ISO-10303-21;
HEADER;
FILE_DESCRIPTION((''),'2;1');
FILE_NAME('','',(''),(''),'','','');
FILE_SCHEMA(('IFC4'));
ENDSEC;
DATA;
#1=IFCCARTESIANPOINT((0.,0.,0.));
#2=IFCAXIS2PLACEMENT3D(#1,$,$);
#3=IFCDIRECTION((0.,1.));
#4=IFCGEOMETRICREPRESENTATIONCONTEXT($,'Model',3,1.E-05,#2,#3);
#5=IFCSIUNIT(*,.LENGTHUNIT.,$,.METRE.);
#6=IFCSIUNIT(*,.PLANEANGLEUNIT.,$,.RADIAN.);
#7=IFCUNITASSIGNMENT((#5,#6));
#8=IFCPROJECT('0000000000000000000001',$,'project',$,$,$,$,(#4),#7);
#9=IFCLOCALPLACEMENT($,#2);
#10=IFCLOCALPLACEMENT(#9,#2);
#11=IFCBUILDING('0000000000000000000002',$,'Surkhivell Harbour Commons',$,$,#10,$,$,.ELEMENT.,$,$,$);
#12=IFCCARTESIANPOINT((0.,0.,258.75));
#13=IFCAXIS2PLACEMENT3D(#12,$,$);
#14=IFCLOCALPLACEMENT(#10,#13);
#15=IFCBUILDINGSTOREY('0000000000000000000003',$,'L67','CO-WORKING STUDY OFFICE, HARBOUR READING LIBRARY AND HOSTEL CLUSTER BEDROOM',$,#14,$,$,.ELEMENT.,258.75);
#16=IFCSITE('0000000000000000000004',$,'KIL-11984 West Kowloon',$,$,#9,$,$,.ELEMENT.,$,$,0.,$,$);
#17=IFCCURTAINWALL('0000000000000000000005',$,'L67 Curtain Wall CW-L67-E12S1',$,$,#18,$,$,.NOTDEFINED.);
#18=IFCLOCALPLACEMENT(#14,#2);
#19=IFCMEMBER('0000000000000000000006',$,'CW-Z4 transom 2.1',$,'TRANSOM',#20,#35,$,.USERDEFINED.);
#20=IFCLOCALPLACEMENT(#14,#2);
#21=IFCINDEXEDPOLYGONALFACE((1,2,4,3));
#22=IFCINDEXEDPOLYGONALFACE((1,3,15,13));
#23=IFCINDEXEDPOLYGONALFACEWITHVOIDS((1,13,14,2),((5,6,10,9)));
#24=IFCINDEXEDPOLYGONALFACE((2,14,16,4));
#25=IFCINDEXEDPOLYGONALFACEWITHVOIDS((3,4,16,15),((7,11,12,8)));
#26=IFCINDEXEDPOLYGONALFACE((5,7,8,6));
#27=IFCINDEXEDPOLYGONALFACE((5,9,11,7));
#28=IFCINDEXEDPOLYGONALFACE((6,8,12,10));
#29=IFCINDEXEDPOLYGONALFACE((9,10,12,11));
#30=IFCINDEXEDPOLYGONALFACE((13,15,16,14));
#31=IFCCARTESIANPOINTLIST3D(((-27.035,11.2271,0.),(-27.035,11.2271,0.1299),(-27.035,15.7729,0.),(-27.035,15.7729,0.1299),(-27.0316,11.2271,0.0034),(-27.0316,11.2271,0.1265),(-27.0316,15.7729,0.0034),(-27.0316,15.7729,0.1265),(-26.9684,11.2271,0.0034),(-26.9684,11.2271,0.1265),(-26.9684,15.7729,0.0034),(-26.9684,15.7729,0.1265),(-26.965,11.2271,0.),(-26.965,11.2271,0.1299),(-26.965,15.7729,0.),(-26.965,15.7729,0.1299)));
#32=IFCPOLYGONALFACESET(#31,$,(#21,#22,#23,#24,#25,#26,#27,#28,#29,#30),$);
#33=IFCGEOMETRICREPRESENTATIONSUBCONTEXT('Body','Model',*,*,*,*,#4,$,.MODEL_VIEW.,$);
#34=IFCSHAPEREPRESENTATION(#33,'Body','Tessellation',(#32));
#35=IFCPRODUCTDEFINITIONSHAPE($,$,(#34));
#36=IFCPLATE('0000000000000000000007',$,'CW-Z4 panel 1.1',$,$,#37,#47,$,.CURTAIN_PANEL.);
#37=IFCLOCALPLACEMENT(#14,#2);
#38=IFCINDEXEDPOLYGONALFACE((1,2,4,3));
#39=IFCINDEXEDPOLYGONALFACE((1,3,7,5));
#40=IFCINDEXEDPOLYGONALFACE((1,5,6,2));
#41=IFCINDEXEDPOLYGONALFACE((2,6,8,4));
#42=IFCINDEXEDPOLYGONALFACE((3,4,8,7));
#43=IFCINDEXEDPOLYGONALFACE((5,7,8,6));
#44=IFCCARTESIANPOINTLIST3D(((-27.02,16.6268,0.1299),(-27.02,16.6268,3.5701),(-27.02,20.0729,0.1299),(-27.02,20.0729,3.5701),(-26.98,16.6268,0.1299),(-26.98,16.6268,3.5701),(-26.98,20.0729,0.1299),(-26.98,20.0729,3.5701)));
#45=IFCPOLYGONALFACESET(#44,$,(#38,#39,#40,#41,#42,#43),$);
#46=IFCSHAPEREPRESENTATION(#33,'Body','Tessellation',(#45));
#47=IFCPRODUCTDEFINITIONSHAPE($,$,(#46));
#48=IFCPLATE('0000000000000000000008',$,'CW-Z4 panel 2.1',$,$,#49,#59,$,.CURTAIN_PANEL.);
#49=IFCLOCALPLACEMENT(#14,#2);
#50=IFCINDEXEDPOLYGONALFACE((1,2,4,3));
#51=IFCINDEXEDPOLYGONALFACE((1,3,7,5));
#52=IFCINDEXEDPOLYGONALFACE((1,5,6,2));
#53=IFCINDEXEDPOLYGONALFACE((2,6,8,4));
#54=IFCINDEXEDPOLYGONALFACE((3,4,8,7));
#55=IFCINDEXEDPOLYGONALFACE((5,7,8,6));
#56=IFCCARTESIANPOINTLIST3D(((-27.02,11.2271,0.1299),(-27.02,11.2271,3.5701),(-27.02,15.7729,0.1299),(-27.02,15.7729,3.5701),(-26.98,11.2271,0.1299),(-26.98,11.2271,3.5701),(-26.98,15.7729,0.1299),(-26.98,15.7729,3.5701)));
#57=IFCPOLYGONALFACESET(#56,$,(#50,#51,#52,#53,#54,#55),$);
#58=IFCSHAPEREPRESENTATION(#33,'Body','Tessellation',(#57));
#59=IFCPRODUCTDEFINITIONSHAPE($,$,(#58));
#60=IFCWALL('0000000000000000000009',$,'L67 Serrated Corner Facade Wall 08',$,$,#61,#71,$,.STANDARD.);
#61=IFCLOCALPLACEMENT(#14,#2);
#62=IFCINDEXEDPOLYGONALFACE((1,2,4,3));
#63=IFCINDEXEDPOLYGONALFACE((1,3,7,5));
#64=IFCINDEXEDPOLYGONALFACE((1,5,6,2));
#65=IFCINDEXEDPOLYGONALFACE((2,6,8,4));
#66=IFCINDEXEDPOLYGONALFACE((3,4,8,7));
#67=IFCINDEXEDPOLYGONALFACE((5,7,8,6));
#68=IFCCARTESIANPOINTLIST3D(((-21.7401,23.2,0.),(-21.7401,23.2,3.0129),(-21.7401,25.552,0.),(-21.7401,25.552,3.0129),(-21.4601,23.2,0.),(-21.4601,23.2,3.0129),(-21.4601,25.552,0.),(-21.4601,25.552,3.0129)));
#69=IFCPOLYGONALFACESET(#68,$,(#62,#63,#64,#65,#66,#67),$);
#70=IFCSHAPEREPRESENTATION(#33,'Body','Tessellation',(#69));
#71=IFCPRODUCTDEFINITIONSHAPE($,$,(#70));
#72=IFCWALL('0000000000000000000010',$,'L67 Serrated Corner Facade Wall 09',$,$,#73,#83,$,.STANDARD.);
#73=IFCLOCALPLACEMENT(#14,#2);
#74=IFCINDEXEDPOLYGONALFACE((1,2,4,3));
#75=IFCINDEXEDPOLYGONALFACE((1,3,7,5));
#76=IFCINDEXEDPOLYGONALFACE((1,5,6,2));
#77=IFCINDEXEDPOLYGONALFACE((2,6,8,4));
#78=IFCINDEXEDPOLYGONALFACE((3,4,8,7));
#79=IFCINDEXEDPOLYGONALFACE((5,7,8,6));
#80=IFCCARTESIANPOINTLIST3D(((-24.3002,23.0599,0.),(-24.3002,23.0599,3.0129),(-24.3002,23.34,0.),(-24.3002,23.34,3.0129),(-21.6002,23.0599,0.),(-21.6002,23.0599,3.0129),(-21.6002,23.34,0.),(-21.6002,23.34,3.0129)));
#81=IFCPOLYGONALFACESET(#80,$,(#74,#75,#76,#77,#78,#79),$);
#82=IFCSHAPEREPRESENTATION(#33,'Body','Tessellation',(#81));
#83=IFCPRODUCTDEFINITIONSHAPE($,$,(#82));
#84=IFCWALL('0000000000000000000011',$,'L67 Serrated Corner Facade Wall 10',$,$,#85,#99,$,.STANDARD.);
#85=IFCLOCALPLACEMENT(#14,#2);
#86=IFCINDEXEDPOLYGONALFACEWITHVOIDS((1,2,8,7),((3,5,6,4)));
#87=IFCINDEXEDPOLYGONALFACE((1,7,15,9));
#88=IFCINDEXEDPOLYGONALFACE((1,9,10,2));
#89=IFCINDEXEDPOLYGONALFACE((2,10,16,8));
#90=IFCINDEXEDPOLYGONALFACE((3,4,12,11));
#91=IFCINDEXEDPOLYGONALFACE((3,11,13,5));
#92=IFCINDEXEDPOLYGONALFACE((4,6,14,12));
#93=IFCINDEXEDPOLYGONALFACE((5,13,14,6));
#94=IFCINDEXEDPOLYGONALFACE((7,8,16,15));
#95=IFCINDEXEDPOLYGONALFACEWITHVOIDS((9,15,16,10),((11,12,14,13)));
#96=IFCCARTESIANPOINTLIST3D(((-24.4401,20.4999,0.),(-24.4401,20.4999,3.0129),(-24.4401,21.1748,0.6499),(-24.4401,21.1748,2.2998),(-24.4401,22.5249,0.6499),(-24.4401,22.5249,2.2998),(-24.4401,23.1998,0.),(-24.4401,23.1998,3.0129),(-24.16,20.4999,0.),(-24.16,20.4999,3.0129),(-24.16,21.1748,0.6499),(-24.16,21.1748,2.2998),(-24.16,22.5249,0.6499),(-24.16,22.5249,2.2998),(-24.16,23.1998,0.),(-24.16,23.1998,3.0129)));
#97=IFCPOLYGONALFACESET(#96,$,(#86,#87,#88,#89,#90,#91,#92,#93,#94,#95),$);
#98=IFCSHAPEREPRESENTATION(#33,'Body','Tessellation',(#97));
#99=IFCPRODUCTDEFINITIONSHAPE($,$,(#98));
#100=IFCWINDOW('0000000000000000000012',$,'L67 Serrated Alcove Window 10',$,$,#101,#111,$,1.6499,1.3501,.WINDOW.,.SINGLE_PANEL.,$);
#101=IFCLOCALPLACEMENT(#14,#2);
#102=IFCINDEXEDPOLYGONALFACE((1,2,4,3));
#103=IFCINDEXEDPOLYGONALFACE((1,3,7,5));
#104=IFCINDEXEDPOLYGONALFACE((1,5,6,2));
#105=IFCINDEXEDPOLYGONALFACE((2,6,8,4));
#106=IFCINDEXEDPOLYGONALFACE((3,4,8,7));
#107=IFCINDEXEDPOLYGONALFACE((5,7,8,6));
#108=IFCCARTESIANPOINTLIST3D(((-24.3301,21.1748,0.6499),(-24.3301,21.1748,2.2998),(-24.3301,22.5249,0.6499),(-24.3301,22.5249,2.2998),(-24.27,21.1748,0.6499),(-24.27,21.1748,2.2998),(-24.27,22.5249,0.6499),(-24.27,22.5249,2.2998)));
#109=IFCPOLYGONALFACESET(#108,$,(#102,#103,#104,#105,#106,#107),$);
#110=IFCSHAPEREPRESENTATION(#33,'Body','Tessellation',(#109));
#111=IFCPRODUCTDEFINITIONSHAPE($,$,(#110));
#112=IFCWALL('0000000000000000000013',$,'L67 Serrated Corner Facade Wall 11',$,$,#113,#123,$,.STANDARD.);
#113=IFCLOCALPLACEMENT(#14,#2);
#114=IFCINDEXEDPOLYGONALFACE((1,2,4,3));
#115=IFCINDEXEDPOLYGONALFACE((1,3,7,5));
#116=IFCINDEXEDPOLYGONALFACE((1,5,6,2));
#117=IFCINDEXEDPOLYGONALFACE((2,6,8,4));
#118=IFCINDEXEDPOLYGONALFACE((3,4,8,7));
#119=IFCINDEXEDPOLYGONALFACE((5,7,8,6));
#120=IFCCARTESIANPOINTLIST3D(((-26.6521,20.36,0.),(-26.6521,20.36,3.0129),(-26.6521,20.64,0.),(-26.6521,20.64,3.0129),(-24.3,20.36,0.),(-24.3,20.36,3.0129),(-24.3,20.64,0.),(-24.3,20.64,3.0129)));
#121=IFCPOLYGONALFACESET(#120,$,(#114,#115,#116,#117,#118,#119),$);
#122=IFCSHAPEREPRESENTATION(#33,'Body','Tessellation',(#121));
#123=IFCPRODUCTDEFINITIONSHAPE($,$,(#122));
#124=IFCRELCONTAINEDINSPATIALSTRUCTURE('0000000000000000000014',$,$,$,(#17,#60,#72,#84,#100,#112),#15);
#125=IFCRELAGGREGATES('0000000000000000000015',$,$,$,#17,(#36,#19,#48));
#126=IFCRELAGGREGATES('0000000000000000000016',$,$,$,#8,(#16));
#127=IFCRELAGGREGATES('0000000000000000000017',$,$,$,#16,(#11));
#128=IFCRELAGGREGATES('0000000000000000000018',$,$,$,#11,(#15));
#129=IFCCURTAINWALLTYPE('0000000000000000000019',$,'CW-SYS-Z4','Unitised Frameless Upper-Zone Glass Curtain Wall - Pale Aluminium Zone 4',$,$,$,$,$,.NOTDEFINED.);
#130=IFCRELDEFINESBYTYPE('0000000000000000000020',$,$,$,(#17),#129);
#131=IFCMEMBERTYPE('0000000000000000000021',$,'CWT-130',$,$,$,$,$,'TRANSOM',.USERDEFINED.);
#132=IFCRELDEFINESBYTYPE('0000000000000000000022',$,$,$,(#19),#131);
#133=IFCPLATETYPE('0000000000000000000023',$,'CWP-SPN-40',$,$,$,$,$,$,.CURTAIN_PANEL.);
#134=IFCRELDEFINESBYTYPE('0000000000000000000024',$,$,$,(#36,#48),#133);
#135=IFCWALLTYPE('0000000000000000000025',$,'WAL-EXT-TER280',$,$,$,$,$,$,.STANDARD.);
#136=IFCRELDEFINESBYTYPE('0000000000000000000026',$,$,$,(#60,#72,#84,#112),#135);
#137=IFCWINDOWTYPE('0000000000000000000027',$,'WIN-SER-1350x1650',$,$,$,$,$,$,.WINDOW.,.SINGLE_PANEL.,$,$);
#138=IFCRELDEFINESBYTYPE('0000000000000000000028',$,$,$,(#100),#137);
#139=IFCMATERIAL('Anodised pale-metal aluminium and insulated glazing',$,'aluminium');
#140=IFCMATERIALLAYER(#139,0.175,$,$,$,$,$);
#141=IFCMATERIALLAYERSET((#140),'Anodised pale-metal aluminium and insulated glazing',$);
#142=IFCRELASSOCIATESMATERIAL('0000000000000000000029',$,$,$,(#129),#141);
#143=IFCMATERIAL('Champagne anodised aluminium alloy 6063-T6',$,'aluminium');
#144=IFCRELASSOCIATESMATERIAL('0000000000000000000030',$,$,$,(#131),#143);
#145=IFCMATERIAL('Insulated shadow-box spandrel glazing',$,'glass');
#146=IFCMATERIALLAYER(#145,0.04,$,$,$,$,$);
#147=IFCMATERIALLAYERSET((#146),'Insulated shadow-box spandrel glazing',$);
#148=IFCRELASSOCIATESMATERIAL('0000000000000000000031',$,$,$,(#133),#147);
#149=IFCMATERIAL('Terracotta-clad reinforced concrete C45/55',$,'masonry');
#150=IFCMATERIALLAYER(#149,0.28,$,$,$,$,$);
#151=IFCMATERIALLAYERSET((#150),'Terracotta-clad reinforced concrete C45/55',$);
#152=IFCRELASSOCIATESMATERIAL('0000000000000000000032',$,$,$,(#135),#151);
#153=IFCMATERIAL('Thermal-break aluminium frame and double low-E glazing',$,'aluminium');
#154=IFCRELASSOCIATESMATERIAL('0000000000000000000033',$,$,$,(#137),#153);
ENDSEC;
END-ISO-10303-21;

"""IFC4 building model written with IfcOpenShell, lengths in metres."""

from ifc_helpers import new_model, si_unit, direction, frame, frame_2d, origin, origin_2d, place, context, subcontext, project, spatial, rectangle, hollow_rectangle, extrude, material, layer, layer_set, material_profile, profile_set, type_object, element, fill, aggregate, save


model = new_model("IFC4")

# Units and contexts
model_context = context("Model", 3, precision=1e-05, world=origin(), true_north=direction((0.0, 1.0)))
body_context = subcontext(model_context, "Body", "Model", "MODEL_VIEW")
ifc_project = project(units=[si_unit("LENGTHUNIT", "METRE"), si_unit("PLANEANGLEUNIT", "RADIAN")], contexts=[model_context])

# Site, building, storey
site_placement = place(None, origin())
site = spatial("IfcSite", under=ifc_project, at=site_placement, Name="KIL-11984 West Kowloon", CompositionType="ELEMENT", RefElevation=0.0)
building_placement = place(site_placement, origin())
building = spatial("IfcBuilding", under=site, at=building_placement, Name="Surkhivell Harbour Commons", CompositionType="ELEMENT")
storey_placement = place(building_placement, frame((0.0, 0.0, 258.75)))
storey = spatial("IfcBuildingStorey", under=building, at=storey_placement, Name="L67", Description="CO-WORKING STUDY OFFICE, HARBOUR READING LIBRARY AND HOSTEL CLUSTER BEDROOM", CompositionType="ELEMENT", Elevation=258.75)

# Curtain wall, member, plates
ifc_material_1 = material(Name="Anodised pale-metal aluminium and insulated glazing", Category="aluminium")
ifc_layer_1 = layer(ifc_material_1, 0.175)
ifc_layer_set_1 = layer_set([ifc_layer_1], Name="Anodised pale-metal aluminium and insulated glazing")
curtain_wall_type = type_object("IfcCurtainWallType", Name="CW-SYS-Z4", Description="Unitised Frameless Upper-Zone Glass Curtain Wall - Pale Aluminium Zone 4", PredefinedType="NOTDEFINED", material=ifc_layer_set_1)
curtain_wall_placement = place(storey_placement, origin())
curtain_wall = element("IfcCurtainWall", 1, at=curtain_wall_placement, inside=storey, type_object=curtain_wall_type, Name="L67 Curtain Wall CW-L67-E12S1", PredefinedType="NOTDEFINED")
ifc_material_2 = material(Name="Champagne anodised aluminium alloy 6063-T6", Category="aluminium")
ifc_material_profile_1 = material_profile(ifc_material_2, hollow_rectangle(XDim=0.0701, YDim=0.1299, WallThickness=0.0034, at=origin_2d()), Name="ALU-TRAN-70x130")
ifc_profile_set_1 = profile_set([ifc_material_profile_1], Name="Champagne anodised aluminium alloy 6063-T6")
member_type_1 = type_object("IfcMemberType", Name="CWT-130", ElementType="TRANSOM", PredefinedType="USERDEFINED", material=ifc_profile_set_1)
member_1_placement = place(storey_placement, frame((-27.0, 15.7729, 0.0649), z_axis=(0.0, -1.0, 0.0), x_axis=(1.0, 0.0, 0.0)))
member_1 = element("IfcMember", 2, at=member_1_placement, type_object=member_type_1, Name="CW-Z4 transom 2.1", ObjectType="TRANSOM", PredefinedType="USERDEFINED", context=body_context, shape_type="SweptSolid", body=[
    extrude(hollow_rectangle(XDim=0.0701, YDim=0.1299, WallThickness=0.0034, at=origin_2d()), origin(), (0.0, 0.0, 1.0), 4.5459),
])
ifc_material_3 = material(Name="Insulated shadow-box spandrel glazing", Category="glass")
ifc_layer_2 = layer(ifc_material_3, 0.04)
ifc_layer_set_2 = layer_set([ifc_layer_2], Name="Insulated shadow-box spandrel glazing")
plate_type = type_object("IfcPlateType", Name="CWP-SPN-40", PredefinedType="CURTAIN_PANEL", material=ifc_layer_set_2)
plate_1_placement = place(storey_placement, frame((-27.0, 20.073, 0.1299), z_axis=(0.0, 0.0, 1.0), x_axis=(0.0, -1.0, 0.0)))
plate_1 = element("IfcPlate", 3, at=plate_1_placement, type_object=plate_type, Name="CW-Z4 panel 1.1", PredefinedType="CURTAIN_PANEL", context=body_context, shape_type="SweptSolid", body=[
    extrude(rectangle(XDim=3.446, YDim=0.04, at=frame_2d((1.7231, 0.0))), origin(), (0.0, 0.0, 1.0), 3.4402),
])
plate_2_placement = place(storey_placement, frame((-27.0, 15.7729, 0.1299), z_axis=(0.0, 0.0, 1.0), x_axis=(0.0, -1.0, 0.0)))
plate_2 = element("IfcPlate", 4, at=plate_2_placement, type_object=plate_type, Name="CW-Z4 panel 2.1", PredefinedType="CURTAIN_PANEL", context=body_context, shape_type="SweptSolid", body=[
    extrude(rectangle(XDim=4.5459, YDim=0.04, at=frame_2d((2.2729, 0.0))), origin(), (0.0, 0.0, 1.0), 3.4402),
])
aggregate(curtain_wall, [plate_1, member_1, plate_2])

# Walls
ifc_material_4 = material(Name="Terracotta-clad reinforced concrete C45/55", Category="masonry")
ifc_layer_3 = layer(ifc_material_4, 0.28)
ifc_layer_set_3 = layer_set([ifc_layer_3], Name="Terracotta-clad reinforced concrete C45/55")
wall_type = type_object("IfcWallType", Name="WAL-EXT-TER280", PredefinedType="STANDARD", material=ifc_layer_set_3)
wall_1_placement = place(storey_placement, frame((-21.6001, 25.552, 0.0), z_axis=(0.0, 0.0, 1.0), x_axis=(0.0, -1.0, 0.0)))
element("IfcWall", 5, at=wall_1_placement, inside=storey, type_object=wall_type, Name="L67 Serrated Corner Facade Wall 08", PredefinedType="STANDARD", context=body_context, shape_type="SweptSolid", body=[
    extrude(rectangle(XDim=2.3521, YDim=0.28, at=frame_2d((1.176, 0.0))), origin(), (0.0, 0.0, 1.0), 3.0129),
])
wall_2_placement = place(storey_placement, frame((-21.6001, 23.2, 0.0), z_axis=(0.0, 0.0, 1.0), x_axis=(-1.0, 0.0, 0.0)))
element("IfcWall", 6, at=wall_2_placement, inside=storey, type_object=wall_type, Name="L67 Serrated Corner Facade Wall 09", PredefinedType="STANDARD", context=body_context, shape_type="SweptSolid", body=[
    extrude(rectangle(XDim=2.7, YDim=0.28, at=frame_2d((1.3501, 0.0))), origin(), (0.0, 0.0, 1.0), 3.0129),
])

# Wall, opening, window
wall_3_placement = place(storey_placement, frame((-24.3, 23.2, 0.0), z_axis=(0.0, 0.0, 1.0), x_axis=(0.0, -1.0, 0.0)))
wall_3 = element("IfcWall", 7, at=wall_3_placement, inside=storey, type_object=wall_type, Name="L67 Serrated Corner Facade Wall 10", PredefinedType="STANDARD", context=body_context, shape_type="SweptSolid", body=[
    extrude(rectangle(XDim=2.7, YDim=0.28, at=frame_2d((1.3501, 0.0))), origin(), (0.0, 0.0, 1.0), 3.0129),
])
opening_placement = place(wall_3_placement, frame((0.675, 0.0, 0.6499)))
opening = element("IfcOpeningElement", 8, at=opening_placement, cuts=wall_3, PredefinedType="OPENING", context=body_context, shape_type="SweptSolid", body=[
    extrude(rectangle(XDim=1.3501, YDim=1.6499, at=frame_2d((0.675, 0.825))), frame((0.0, 0.1499, 0.0), z_axis=(0.0, -1.0, 0.0), x_axis=(1.0, 0.0, 0.0)), (0.0, 0.0, 1.0), 0.3),
])
ifc_material_5 = material(Name="Thermal-break aluminium frame and double low-E glazing", Category="aluminium")
window_type = type_object("IfcWindowType", Name="WIN-SER-1350x1650", PartitioningType="SINGLE_PANEL", PredefinedType="WINDOW", material=ifc_material_5)
window_placement = place(opening_placement, origin())
window = element("IfcWindow", 9, at=window_placement, inside=storey, type_object=window_type, Name="L67 Serrated Alcove Window 10", OverallHeight=1.6499, OverallWidth=1.3501, PartitioningType="SINGLE_PANEL", PredefinedType="WINDOW", context=body_context, shape_type="SweptSolid", body=[
    extrude(rectangle(XDim=1.3501, YDim=1.6499, at=frame_2d((0.675, 0.825))), frame((0.0, 0.03, 0.0), z_axis=(0.0, -1.0, 0.0), x_axis=(1.0, 0.0, 0.0)), (0.0, 0.0, 1.0), 0.0601),
])
fill(opening, window)

# Wall
wall_4_placement = place(storey_placement, frame((-24.3, 20.5, 0.0), z_axis=(0.0, 0.0, 1.0), x_axis=(-1.0, 0.0, 0.0)))
element("IfcWall", 10, at=wall_4_placement, inside=storey, type_object=wall_type, Name="L67 Serrated Corner Facade Wall 11", PredefinedType="STANDARD", context=body_context, shape_type="SweptSolid", body=[
    extrude(rectangle(XDim=2.3521, YDim=0.28, at=frame_2d((1.176, 0.0))), origin(), (0.0, 0.0, 1.0), 3.0129),
])

save(model, "model.ifc")
